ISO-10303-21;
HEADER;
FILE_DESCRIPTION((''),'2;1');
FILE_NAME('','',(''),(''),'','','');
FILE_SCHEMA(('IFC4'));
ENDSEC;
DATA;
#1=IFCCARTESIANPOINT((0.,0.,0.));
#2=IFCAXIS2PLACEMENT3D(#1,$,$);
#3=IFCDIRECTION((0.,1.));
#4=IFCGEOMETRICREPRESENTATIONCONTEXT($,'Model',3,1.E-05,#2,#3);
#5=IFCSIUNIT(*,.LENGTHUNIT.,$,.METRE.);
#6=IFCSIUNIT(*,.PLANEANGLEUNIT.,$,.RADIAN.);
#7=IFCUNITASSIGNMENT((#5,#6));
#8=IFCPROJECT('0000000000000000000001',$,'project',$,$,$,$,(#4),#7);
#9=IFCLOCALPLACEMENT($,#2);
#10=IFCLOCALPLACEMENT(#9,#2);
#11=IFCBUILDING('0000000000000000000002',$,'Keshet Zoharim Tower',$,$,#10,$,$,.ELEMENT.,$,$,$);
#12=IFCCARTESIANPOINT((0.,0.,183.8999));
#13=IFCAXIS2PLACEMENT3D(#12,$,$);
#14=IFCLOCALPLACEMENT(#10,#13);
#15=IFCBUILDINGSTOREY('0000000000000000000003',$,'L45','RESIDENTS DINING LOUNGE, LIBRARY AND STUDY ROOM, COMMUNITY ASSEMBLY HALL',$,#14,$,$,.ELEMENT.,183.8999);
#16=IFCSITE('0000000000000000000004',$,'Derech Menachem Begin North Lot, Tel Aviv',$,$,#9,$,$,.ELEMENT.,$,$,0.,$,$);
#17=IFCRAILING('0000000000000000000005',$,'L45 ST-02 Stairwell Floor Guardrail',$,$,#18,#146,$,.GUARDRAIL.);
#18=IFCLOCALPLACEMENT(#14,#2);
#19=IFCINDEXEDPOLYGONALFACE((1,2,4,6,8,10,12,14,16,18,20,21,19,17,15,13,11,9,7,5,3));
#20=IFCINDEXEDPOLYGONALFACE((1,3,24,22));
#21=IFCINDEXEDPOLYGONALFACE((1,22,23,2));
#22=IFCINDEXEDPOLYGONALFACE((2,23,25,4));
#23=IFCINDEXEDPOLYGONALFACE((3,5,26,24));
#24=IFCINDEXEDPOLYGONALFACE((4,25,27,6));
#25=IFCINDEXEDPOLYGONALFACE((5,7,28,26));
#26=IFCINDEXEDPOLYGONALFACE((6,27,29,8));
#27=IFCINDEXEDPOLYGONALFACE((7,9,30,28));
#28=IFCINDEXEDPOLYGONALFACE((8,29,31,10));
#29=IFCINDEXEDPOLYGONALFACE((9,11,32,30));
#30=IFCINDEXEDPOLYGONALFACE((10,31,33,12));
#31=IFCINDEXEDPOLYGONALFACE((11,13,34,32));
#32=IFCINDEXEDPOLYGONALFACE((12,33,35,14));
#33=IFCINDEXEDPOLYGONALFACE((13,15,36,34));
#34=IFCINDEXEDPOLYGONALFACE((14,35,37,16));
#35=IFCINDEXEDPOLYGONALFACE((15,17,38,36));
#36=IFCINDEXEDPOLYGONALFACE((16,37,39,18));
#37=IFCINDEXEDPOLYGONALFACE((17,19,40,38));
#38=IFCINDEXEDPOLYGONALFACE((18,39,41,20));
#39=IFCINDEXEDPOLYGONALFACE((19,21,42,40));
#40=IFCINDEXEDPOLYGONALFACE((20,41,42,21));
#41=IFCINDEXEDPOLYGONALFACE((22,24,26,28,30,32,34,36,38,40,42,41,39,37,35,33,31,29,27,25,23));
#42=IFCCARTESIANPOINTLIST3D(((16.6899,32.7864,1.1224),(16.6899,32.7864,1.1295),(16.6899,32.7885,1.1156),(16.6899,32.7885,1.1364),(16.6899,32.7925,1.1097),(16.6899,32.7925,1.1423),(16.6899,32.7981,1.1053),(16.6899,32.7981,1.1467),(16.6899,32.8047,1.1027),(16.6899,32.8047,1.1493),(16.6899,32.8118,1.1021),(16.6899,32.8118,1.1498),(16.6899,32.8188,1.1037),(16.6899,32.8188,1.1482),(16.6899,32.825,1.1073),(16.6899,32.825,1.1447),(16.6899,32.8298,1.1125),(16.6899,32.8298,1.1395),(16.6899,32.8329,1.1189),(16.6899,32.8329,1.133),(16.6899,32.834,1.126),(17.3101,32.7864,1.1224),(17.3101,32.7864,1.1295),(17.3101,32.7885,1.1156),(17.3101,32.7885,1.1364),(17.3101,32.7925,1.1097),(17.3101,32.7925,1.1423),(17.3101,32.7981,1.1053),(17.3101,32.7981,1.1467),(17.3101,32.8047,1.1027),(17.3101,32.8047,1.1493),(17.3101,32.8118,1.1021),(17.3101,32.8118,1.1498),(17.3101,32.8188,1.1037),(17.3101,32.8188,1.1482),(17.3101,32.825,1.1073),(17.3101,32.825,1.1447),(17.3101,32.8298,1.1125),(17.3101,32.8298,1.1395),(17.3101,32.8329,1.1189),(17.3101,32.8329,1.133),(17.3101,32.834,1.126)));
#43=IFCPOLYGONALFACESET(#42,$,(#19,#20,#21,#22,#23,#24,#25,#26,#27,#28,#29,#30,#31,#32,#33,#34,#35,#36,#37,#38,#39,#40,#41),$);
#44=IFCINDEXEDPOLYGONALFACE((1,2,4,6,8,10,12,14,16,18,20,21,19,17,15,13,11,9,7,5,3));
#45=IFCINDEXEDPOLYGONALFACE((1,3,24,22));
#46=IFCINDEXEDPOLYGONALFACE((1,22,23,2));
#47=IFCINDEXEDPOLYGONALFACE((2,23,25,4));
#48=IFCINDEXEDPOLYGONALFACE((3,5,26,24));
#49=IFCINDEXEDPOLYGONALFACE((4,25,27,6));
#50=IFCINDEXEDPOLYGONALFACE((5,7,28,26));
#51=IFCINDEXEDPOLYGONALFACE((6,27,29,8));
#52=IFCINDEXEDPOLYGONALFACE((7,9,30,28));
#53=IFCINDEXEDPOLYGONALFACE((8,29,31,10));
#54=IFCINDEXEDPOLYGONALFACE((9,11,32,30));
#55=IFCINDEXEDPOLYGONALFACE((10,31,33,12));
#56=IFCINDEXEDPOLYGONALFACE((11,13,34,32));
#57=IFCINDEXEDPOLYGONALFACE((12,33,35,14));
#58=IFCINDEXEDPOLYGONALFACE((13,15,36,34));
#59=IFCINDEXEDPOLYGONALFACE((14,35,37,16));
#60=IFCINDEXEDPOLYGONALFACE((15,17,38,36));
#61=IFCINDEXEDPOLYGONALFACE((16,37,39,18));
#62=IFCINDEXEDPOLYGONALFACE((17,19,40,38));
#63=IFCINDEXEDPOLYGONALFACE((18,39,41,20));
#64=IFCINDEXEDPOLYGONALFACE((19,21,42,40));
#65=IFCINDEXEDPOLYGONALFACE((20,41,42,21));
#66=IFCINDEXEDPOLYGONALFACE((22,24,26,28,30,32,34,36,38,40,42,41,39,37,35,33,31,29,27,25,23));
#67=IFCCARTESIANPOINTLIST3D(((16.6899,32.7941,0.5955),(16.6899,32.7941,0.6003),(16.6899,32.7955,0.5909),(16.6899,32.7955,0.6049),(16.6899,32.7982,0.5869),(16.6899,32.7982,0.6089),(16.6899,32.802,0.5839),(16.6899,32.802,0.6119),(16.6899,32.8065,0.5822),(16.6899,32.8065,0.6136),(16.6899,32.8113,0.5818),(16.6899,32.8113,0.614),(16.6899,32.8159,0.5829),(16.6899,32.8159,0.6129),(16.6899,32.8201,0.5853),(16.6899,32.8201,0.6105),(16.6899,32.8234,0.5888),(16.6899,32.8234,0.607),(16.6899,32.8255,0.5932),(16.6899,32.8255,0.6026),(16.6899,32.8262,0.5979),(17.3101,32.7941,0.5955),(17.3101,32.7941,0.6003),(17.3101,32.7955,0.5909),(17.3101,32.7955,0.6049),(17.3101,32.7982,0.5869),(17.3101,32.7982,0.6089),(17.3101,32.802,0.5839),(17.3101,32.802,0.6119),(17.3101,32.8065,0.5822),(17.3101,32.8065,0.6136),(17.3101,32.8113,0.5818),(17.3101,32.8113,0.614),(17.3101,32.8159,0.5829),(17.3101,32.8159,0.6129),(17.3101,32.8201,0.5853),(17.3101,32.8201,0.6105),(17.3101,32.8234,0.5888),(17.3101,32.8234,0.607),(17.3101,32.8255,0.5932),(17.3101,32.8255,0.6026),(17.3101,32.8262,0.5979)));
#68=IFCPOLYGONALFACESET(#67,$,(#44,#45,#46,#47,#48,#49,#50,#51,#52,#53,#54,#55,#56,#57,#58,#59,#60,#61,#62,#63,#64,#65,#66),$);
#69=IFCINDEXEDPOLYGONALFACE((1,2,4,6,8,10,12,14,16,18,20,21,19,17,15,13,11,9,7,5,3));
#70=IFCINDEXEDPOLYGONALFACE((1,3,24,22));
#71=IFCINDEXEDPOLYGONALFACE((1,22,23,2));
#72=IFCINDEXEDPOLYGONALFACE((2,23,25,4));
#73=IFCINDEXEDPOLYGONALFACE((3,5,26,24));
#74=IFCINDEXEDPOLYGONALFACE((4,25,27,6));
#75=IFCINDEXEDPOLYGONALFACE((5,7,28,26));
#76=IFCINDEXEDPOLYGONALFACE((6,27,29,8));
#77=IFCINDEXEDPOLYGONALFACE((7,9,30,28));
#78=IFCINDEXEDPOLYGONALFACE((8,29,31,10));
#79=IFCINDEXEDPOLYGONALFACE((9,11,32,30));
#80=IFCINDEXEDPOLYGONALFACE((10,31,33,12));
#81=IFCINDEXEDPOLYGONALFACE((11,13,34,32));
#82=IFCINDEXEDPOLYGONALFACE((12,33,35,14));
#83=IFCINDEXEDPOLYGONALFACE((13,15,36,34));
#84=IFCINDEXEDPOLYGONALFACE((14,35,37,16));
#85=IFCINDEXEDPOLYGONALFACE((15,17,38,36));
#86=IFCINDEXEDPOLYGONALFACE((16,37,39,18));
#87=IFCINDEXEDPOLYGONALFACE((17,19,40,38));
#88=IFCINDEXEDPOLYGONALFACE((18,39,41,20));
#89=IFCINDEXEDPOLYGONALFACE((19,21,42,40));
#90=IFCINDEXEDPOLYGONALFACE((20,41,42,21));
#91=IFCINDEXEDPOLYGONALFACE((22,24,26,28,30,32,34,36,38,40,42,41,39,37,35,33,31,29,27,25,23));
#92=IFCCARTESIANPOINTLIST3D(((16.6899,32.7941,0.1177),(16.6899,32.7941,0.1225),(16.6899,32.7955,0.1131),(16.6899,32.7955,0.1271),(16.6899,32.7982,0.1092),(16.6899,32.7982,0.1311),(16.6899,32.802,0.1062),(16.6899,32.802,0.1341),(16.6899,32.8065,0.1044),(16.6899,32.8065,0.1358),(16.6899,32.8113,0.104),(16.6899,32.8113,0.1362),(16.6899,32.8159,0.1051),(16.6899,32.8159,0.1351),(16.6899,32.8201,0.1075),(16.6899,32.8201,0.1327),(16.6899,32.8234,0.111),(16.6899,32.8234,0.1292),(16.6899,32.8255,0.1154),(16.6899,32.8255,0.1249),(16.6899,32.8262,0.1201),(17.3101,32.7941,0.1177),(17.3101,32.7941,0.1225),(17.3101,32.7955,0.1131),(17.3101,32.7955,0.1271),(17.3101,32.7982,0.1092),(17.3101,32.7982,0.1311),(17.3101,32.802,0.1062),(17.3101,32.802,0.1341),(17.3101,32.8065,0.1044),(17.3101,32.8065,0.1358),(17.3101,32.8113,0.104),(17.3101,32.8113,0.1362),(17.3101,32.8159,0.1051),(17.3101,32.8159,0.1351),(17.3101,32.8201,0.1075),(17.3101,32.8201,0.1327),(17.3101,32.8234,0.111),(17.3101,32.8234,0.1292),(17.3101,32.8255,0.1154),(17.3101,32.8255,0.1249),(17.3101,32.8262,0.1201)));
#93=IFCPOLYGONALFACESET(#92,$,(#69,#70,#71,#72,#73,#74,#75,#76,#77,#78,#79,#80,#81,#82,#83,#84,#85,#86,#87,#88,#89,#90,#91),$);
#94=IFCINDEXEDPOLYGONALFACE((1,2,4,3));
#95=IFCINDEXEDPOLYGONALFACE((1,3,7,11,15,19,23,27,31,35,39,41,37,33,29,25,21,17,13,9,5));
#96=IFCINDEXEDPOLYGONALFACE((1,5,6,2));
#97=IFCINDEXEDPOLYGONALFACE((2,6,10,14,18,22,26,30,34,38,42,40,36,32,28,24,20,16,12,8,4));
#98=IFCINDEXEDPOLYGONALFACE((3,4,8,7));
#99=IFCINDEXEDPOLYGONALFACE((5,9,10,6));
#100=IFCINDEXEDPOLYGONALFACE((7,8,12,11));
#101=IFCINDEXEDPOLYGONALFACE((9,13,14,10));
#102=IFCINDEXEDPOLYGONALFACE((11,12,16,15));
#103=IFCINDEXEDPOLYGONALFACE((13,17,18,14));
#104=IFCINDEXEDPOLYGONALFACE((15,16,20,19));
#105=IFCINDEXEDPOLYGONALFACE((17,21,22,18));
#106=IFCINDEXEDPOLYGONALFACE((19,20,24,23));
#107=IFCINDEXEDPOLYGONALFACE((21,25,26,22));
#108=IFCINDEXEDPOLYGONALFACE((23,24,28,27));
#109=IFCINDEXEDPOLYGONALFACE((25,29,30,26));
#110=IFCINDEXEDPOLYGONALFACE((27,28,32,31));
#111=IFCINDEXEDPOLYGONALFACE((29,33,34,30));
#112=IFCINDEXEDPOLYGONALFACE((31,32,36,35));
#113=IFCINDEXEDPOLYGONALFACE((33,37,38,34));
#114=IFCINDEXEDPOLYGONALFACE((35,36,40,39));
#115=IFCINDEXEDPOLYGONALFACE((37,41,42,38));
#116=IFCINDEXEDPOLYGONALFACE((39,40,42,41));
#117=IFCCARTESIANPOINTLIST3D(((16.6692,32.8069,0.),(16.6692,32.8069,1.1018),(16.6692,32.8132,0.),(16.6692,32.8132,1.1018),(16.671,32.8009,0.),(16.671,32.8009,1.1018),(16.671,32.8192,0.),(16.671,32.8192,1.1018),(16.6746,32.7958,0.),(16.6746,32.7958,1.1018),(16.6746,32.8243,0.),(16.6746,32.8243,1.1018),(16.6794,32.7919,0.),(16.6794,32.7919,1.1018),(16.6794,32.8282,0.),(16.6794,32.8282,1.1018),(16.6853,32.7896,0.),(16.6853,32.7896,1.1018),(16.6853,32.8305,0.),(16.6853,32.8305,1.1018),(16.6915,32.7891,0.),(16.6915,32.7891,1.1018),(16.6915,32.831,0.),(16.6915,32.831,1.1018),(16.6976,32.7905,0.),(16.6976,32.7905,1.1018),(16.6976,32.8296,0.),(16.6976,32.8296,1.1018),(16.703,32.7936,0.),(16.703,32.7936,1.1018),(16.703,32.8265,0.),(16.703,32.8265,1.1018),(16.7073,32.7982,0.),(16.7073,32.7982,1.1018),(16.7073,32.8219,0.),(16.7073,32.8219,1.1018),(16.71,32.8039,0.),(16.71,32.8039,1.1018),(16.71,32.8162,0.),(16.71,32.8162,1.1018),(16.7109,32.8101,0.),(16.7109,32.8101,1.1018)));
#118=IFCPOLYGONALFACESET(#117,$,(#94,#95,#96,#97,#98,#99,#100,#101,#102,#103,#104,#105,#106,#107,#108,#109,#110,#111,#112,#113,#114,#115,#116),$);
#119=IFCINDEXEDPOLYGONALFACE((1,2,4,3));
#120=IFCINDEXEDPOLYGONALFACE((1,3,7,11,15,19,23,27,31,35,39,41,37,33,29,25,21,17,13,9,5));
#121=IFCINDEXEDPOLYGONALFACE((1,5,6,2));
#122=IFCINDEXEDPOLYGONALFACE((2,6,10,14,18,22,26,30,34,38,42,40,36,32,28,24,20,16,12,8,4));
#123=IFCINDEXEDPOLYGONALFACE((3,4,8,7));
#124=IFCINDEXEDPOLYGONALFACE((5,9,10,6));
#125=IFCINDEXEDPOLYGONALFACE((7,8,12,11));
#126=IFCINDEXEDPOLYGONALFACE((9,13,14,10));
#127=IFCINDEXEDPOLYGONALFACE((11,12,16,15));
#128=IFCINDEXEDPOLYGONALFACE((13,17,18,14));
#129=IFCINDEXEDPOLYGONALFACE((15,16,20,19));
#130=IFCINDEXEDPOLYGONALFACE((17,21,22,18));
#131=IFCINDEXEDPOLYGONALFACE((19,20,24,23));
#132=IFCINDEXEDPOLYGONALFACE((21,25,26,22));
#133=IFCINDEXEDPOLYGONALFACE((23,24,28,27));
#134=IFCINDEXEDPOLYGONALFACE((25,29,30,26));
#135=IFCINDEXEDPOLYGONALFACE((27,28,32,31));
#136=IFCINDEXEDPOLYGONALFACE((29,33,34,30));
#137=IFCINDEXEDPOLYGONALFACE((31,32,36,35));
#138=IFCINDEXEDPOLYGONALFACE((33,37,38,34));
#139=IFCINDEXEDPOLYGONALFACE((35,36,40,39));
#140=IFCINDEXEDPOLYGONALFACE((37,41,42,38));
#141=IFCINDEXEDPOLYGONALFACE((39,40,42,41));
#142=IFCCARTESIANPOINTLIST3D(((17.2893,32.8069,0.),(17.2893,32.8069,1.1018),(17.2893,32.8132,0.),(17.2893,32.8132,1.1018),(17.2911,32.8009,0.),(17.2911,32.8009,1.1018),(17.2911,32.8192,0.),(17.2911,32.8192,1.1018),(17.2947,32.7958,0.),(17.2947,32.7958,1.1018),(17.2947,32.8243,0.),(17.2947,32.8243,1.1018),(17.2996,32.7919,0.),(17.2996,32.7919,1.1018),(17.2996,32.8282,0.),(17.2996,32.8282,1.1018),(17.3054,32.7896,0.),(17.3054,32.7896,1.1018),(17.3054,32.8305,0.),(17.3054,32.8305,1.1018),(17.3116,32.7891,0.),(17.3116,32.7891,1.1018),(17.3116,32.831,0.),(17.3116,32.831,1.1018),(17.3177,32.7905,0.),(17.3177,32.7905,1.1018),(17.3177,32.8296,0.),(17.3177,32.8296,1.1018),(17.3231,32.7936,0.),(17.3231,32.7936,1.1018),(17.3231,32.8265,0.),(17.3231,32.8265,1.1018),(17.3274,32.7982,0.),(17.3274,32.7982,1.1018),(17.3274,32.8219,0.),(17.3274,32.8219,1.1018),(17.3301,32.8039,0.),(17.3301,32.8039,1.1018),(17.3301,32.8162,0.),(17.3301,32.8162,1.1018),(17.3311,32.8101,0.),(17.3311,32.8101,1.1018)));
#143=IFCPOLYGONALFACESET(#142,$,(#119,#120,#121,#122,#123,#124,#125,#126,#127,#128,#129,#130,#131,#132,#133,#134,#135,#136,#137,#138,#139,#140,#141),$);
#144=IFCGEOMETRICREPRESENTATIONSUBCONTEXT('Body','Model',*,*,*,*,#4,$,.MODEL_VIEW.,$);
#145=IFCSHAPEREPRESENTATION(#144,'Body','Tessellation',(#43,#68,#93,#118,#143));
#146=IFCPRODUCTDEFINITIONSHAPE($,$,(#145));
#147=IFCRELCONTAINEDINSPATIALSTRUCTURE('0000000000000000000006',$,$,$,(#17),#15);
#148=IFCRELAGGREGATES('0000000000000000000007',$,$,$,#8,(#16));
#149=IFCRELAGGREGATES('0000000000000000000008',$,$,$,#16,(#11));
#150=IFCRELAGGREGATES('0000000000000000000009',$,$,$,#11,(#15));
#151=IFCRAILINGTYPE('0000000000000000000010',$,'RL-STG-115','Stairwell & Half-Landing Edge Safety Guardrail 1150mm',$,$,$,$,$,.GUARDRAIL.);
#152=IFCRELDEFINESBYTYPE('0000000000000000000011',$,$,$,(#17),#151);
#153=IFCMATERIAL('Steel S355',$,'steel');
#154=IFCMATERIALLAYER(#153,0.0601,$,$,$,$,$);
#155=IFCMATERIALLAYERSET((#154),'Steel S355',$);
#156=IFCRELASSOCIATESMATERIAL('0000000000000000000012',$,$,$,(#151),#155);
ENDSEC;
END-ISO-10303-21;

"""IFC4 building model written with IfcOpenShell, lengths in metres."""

from ifc_helpers import new_model, si_unit, direction, frame, origin, origin_2d, place, context, subcontext, project, spatial, circle, extrude, material, layer, layer_set, type_object, element, save


model = new_model("IFC4")

# Units and contexts
model_context = context("Model", 3, precision=1e-05, world=origin(), true_north=direction((0.0, 1.0)))
body_context = subcontext(model_context, "Body", "Model", "MODEL_VIEW")
ifc_project = project(units=[si_unit("LENGTHUNIT", "METRE"), si_unit("PLANEANGLEUNIT", "RADIAN")], contexts=[model_context])

# Site, building, storey
site_placement = place(None, origin())
site = spatial("IfcSite", under=ifc_project, at=site_placement, Name="Derech Menachem Begin North Lot, Tel Aviv", CompositionType="ELEMENT", RefElevation=0.0)
building_placement = place(site_placement, origin())
building = spatial("IfcBuilding", under=site, at=building_placement, Name="Keshet Zoharim Tower", CompositionType="ELEMENT")
storey_placement = place(building_placement, frame((0.0, 0.0, 183.8999)))
storey = spatial("IfcBuildingStorey", under=building, at=storey_placement, Name="L45", Description="RESIDENTS DINING LOUNGE, LIBRARY AND STUDY ROOM, COMMUNITY ASSEMBLY HALL", CompositionType="ELEMENT", Elevation=183.8999)

# Railing
ifc_material_1 = material(Name="Steel S355", Category="steel")
ifc_layer_1 = layer(ifc_material_1, 0.0601)
ifc_layer_set_1 = layer_set([ifc_layer_1], Name="Steel S355")
railing_type_1 = type_object("IfcRailingType", Name="RL-STG-115", Description="Stairwell & Half-Landing Edge Safety Guardrail 1150mm", PredefinedType="GUARDRAIL", material=ifc_layer_set_1)
for number, where, name in (
    (1, (16.6899, 32.8101, 0.0), "L45 ST-02 Stairwell Floor Guardrail"),
):
    element("IfcRailing", number, at=place(storey_placement, frame(where)), inside=storey, type_object=railing_type_1, Name=name, PredefinedType="GUARDRAIL", context=body_context, shape_type="SweptSolid", body=[
        extrude(circle(Radius=0.0239, at=origin_2d()), frame((0.0, 0.0, 1.126), z_axis=(1.0, 0.0, 0.0), x_axis=(0.0, 1.0, 0.0)), (0.0, 0.0, 1.0), 0.6201),
        extrude(circle(Radius=0.0161, at=origin_2d()), frame((0.0, 0.0, 0.5979), z_axis=(1.0, 0.0, 0.0), x_axis=(0.0, 1.0, 0.0)), (0.0, 0.0, 1.0), 0.6201),
        extrude(circle(Radius=0.0161, at=origin_2d()), frame((0.0, 0.0, 0.1201), z_axis=(1.0, 0.0, 0.0), x_axis=(0.0, 1.0, 0.0)), (0.0, 0.0, 1.0), 0.6201),
        extrude(circle(Radius=0.021, at=origin_2d()), origin(), (0.0, 0.0, 1.0), 1.1018),
        extrude(circle(Radius=0.021, at=origin_2d()), frame((0.6201, 0.0, 0.0)), (0.0, 0.0, 1.0), 1.1018),
    ])

save(model, "model.ifc")
